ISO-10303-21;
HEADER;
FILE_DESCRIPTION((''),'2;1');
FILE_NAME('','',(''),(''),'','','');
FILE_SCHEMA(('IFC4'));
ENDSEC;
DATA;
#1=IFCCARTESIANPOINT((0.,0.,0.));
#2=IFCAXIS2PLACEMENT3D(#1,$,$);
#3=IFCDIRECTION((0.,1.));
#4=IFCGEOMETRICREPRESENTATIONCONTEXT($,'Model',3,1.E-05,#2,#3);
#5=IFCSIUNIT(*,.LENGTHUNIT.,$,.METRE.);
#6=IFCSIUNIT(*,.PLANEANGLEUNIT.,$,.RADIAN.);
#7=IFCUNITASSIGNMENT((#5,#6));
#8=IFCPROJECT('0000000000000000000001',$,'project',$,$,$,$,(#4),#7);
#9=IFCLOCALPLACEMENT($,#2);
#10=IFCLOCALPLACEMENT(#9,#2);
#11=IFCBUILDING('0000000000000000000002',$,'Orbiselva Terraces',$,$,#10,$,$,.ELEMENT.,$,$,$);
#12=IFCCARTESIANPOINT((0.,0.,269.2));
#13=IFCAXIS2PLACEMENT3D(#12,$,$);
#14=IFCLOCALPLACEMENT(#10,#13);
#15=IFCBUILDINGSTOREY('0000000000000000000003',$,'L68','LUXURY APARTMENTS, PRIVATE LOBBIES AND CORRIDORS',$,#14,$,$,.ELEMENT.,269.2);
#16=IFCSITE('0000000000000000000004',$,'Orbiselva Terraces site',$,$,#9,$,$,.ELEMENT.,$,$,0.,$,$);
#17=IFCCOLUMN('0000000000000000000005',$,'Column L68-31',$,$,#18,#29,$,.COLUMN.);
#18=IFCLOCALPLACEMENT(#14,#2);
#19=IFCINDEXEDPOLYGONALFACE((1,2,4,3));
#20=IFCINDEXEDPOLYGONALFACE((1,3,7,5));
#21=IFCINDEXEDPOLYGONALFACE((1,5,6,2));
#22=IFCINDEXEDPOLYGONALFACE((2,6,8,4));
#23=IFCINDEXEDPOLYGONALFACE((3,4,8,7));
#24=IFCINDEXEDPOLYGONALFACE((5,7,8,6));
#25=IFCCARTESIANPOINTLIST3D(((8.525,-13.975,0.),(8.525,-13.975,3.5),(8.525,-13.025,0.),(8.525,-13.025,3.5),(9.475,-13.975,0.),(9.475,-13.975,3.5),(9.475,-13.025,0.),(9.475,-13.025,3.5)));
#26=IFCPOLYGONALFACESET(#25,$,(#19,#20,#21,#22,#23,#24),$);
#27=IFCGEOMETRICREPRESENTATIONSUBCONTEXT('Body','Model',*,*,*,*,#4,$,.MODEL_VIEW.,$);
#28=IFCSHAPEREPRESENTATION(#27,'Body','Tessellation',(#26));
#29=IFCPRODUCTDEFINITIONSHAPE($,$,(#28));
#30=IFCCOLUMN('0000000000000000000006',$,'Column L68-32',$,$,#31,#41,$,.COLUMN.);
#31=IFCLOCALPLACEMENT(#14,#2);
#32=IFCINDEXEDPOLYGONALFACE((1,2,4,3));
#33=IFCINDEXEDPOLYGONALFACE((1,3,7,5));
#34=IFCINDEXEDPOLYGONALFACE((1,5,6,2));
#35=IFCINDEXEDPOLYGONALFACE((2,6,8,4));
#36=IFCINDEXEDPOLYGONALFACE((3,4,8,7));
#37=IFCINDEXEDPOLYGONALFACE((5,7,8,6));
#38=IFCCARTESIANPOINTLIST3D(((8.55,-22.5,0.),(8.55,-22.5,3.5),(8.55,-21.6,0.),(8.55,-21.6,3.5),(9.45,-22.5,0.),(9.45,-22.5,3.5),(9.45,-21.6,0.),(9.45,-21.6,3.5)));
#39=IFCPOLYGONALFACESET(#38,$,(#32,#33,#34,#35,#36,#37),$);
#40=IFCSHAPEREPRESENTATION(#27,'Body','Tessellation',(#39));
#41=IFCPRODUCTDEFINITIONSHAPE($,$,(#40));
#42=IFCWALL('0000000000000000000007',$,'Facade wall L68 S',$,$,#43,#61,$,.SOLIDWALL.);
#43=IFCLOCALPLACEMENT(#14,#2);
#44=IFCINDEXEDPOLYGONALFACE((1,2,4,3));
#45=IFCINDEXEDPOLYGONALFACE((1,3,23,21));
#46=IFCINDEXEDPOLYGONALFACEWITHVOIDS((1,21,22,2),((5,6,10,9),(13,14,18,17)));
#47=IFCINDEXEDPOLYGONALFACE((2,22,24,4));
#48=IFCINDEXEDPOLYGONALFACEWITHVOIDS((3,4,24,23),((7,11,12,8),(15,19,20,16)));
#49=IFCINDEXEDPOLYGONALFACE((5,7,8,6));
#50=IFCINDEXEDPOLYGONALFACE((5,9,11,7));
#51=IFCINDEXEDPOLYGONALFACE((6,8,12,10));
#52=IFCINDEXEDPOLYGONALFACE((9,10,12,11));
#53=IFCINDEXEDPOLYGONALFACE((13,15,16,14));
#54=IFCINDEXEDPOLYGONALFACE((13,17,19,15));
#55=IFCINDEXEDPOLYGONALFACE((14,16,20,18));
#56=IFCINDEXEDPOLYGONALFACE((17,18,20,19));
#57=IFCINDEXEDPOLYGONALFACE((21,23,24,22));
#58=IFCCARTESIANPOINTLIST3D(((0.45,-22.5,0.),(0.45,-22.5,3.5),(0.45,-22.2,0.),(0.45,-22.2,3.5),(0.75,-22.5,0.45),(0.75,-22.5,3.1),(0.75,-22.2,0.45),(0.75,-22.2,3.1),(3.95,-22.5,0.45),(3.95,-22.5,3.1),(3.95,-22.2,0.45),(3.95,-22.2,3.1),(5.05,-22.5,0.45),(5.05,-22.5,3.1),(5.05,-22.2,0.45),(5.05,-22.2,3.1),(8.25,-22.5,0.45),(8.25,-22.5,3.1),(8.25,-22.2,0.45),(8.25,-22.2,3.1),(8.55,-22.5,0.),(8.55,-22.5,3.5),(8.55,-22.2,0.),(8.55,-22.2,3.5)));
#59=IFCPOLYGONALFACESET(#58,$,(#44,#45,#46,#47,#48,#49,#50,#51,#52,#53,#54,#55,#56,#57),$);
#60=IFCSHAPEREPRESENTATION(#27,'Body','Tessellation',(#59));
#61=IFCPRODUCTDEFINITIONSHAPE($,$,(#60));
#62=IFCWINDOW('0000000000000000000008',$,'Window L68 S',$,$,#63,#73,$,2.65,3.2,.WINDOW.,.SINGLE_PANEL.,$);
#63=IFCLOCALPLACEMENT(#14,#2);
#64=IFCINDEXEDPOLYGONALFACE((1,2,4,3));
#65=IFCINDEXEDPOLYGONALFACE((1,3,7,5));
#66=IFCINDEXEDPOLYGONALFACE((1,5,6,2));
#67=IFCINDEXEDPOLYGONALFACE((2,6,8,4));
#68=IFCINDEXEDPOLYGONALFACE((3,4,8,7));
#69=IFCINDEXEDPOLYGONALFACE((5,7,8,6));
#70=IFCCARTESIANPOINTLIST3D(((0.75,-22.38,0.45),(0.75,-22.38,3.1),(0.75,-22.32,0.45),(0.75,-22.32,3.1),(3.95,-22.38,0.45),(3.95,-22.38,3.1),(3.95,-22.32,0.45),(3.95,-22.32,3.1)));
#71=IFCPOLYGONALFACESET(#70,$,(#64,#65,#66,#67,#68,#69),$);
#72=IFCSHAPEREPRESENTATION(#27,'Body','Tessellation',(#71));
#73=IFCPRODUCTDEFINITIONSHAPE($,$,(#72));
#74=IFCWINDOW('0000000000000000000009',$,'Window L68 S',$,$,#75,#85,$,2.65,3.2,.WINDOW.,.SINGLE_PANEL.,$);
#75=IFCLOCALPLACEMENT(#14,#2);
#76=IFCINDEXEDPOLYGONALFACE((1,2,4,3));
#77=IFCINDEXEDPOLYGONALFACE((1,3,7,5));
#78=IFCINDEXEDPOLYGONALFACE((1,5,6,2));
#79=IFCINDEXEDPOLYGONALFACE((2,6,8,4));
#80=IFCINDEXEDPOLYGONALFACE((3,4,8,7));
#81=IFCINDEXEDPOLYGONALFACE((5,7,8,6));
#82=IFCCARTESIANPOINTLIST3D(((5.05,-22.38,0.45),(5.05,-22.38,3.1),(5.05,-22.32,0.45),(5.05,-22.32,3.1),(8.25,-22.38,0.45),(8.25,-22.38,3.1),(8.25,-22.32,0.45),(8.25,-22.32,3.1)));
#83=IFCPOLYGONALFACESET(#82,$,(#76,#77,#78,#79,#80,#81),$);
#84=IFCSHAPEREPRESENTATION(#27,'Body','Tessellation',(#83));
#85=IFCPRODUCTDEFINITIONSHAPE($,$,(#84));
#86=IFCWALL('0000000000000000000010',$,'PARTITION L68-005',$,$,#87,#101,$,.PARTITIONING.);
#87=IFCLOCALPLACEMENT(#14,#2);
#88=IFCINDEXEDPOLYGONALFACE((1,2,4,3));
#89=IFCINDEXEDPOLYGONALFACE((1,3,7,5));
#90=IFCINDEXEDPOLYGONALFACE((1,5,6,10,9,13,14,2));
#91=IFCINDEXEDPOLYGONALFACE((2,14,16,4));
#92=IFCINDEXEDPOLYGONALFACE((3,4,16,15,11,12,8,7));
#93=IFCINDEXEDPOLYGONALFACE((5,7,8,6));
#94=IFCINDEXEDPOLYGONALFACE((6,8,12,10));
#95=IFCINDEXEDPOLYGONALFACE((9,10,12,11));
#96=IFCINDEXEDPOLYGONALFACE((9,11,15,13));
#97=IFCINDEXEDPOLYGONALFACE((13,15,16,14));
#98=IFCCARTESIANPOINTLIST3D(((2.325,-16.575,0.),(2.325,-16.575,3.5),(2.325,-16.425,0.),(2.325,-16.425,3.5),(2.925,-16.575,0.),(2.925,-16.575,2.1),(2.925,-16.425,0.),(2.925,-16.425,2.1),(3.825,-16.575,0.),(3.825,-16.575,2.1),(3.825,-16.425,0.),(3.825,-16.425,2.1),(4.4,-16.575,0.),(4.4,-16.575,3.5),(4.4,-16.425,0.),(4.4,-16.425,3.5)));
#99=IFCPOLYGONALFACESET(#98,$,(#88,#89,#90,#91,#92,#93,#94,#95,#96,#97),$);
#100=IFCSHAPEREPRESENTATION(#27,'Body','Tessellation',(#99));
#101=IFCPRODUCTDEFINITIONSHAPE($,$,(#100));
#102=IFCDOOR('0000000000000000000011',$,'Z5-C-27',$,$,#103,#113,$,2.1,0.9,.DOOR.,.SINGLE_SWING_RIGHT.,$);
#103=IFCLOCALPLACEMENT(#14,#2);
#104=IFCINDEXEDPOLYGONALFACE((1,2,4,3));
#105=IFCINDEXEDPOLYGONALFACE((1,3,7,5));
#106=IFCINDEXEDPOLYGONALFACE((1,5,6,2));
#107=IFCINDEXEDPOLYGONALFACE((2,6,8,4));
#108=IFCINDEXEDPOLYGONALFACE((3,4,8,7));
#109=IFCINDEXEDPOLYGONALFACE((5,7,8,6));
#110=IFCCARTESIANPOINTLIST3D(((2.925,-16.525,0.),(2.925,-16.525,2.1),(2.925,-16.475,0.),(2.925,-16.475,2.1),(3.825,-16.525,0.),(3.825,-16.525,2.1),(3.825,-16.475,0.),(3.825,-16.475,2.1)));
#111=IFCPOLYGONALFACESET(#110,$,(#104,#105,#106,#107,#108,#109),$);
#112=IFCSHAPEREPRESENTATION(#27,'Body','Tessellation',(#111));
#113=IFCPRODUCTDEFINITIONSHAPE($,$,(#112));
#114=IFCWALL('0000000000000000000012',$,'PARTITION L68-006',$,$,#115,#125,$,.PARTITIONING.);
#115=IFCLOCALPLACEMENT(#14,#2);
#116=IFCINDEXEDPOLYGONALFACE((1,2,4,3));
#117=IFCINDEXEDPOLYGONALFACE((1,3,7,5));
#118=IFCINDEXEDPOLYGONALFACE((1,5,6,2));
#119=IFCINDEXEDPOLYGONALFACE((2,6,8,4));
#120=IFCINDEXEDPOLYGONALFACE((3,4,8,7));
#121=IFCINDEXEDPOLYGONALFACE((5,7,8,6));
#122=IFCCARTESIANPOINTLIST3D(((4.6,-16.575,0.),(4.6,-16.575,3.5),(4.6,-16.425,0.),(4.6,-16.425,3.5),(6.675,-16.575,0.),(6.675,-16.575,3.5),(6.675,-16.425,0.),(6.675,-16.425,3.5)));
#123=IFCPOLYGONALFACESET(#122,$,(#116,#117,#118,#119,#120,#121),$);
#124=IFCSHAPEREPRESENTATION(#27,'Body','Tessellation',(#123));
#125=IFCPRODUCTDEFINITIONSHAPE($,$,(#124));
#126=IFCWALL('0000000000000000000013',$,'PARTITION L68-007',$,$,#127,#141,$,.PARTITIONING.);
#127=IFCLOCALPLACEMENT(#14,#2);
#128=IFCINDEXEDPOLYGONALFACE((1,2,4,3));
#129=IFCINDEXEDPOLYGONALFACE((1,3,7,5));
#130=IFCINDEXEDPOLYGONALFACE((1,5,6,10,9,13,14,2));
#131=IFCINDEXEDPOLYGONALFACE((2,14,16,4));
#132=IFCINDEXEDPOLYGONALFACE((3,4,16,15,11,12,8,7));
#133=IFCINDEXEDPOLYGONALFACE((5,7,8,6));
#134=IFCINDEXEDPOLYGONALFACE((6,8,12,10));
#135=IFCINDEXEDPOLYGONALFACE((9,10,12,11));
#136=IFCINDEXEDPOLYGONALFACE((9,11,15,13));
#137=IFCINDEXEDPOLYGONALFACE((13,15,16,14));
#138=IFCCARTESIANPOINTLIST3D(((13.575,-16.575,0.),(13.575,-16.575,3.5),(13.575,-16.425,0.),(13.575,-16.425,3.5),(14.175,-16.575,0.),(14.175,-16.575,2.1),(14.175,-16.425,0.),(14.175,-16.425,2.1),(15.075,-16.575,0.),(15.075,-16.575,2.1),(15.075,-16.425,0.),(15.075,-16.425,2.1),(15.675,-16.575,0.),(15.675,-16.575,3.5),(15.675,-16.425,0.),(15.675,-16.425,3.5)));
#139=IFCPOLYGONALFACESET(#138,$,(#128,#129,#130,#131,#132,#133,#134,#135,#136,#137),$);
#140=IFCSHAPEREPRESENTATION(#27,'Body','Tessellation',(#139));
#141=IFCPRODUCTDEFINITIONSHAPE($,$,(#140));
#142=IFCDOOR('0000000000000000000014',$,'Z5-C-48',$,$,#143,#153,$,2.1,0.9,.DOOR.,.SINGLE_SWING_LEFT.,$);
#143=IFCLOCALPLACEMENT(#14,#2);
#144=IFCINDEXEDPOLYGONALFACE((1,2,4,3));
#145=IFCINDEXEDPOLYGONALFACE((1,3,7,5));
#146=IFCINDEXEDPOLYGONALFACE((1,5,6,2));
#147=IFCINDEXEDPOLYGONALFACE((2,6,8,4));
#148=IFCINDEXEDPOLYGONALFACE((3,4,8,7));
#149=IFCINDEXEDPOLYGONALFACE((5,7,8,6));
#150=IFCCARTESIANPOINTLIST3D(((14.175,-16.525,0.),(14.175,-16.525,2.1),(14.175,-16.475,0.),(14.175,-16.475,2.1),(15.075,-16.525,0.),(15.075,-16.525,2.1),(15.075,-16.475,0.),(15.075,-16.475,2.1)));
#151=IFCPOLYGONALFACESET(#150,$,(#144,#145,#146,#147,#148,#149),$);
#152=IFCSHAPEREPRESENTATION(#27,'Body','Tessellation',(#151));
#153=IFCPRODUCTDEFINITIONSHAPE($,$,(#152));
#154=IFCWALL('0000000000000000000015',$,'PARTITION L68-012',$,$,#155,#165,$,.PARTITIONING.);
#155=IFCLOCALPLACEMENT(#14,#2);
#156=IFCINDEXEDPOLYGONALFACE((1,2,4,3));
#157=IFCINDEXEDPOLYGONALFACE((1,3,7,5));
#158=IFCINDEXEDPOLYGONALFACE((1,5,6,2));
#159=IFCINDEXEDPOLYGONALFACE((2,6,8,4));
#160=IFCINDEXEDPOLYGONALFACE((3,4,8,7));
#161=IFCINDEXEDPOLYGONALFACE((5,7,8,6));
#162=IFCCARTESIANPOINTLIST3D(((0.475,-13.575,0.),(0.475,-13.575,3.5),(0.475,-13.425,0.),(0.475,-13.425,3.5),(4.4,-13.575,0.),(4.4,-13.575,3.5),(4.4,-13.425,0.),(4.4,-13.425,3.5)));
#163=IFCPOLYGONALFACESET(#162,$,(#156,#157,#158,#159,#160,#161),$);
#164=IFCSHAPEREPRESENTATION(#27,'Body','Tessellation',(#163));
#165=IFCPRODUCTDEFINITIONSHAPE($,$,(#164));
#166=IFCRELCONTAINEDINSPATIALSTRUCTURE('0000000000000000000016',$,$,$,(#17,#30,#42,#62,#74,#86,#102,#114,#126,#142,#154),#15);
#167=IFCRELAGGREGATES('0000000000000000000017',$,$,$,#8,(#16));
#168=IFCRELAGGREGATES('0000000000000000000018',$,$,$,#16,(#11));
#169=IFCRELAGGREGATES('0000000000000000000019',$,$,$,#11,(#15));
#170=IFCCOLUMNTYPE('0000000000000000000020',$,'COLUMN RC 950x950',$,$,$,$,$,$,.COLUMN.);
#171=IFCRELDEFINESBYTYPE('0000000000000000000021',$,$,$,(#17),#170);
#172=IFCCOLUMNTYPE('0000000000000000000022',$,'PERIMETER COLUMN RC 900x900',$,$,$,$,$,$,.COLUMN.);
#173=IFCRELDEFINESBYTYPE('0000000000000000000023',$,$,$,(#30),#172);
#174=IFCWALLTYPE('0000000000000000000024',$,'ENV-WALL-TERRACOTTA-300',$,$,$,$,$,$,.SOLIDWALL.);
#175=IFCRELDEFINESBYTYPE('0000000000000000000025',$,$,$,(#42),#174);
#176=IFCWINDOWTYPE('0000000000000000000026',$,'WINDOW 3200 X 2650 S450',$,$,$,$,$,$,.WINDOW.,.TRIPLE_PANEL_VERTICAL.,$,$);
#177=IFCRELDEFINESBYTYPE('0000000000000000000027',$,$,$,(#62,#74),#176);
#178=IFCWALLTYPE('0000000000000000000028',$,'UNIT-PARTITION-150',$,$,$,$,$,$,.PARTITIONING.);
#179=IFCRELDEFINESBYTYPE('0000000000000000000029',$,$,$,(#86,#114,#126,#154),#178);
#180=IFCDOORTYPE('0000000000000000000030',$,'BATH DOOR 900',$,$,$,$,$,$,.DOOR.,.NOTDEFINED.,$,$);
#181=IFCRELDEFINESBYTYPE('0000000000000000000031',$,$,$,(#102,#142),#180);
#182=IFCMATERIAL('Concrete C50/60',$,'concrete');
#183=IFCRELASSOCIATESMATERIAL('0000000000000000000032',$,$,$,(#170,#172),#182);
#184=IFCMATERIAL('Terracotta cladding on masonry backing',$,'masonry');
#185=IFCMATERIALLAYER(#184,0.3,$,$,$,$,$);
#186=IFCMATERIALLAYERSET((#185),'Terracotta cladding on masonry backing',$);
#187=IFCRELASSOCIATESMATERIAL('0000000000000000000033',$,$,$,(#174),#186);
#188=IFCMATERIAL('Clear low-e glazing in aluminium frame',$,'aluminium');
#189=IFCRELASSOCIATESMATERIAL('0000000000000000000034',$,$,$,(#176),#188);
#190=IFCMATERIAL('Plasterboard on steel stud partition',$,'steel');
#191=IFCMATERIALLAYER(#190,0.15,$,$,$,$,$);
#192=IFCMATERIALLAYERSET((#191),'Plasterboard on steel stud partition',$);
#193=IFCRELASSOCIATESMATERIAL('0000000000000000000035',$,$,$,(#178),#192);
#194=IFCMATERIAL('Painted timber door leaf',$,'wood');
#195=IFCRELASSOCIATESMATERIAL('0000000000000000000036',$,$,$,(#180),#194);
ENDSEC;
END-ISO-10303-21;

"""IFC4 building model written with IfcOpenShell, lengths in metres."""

from ifc_helpers import new_model, si_unit, direction, frame, frame_2d, origin, origin_2d, place, context, subcontext, project, spatial, rectangle, extrude, material, layer, layer_set, material_profile, profile_set, type_object, element, fill, save


model = new_model("IFC4")

# Units and contexts
model_context = context("Model", 3, precision=1e-05, world=origin(), true_north=direction((0.0, 1.0)))
body_context = subcontext(model_context, "Body", "Model", "MODEL_VIEW")
ifc_project = project(units=[si_unit("LENGTHUNIT", "METRE"), si_unit("PLANEANGLEUNIT", "RADIAN")], contexts=[model_context])

# Site, building, storey
site_placement = place(None, origin())
site = spatial("IfcSite", under=ifc_project, at=site_placement, Name="Orbiselva Terraces site", CompositionType="ELEMENT", RefElevation=0.0)
building_placement = place(site_placement, origin())
building = spatial("IfcBuilding", under=site, at=building_placement, Name="Orbiselva Terraces", CompositionType="ELEMENT")
storey_placement = place(building_placement, frame((0.0, 0.0, 269.2)))
storey = spatial("IfcBuildingStorey", under=building, at=storey_placement, Name="L68", Description="LUXURY APARTMENTS, PRIVATE LOBBIES AND CORRIDORS", CompositionType="ELEMENT", Elevation=269.2)

# Columns
ifc_material_1 = material(Name="Concrete C50/60", Category="concrete")
ifc_material_profile_1 = material_profile(ifc_material_1, rectangle(XDim=0.95, YDim=0.95, at=origin_2d()), Name="RC 950x950")
ifc_profile_set_1 = profile_set([ifc_material_profile_1], Name="Concrete C50/60")
column_type_1 = type_object("IfcColumnType", Name="COLUMN RC 950x950", PredefinedType="COLUMN", material=ifc_profile_set_1)
column_1_placement = place(storey_placement, frame((9.0, -13.5, 0.0), z_axis=(0.0, 0.0, 1.0), x_axis=(1.0, 0.0, 0.0)))
element("IfcColumn", 1, at=column_1_placement, inside=storey, type_object=column_type_1, Name="Column L68-31", PredefinedType="COLUMN", context=body_context, shape_type="SweptSolid", body=[
    extrude(rectangle(XDim=0.95, YDim=0.95, at=origin_2d()), origin(), (0.0, 0.0, 1.0), 3.5),
])
ifc_material_profile_2 = material_profile(ifc_material_1, rectangle(XDim=0.9, YDim=0.9, at=origin_2d()), Name="RC 900x900")
ifc_profile_set_2 = profile_set([ifc_material_profile_2], Name="Concrete C50/60")
column_type_2 = type_object("IfcColumnType", Name="PERIMETER COLUMN RC 900x900", PredefinedType="COLUMN", material=ifc_profile_set_2)
column_2_placement = place(storey_placement, frame((9.0, -22.05, 0.0), z_axis=(0.0, 0.0, 1.0), x_axis=(1.0, 0.0, 0.0)))
element("IfcColumn", 2, at=column_2_placement, inside=storey, type_object=column_type_2, Name="Column L68-32", PredefinedType="COLUMN", context=body_context, shape_type="SweptSolid", body=[
    extrude(rectangle(XDim=0.9, YDim=0.9, at=origin_2d()), origin(), (0.0, 0.0, 1.0), 3.5),
])

# Wall, openings, windows
ifc_material_2 = material(Name="Terracotta cladding on masonry backing", Category="masonry")
ifc_layer_1 = layer(ifc_material_2, 0.3)
ifc_layer_set_1 = layer_set([ifc_layer_1], Name="Terracotta cladding on masonry backing")
wall_type_1 = type_object("IfcWallType", Name="ENV-WALL-TERRACOTTA-300", PredefinedType="SOLIDWALL", material=ifc_layer_set_1)
wall_1_placement = place(storey_placement, frame((8.55, -22.35, 0.0), z_axis=(0.0, 0.0, 1.0), x_axis=(-1.0, 0.0, 0.0)))
wall_1 = element("IfcWall", 3, at=wall_1_placement, inside=storey, type_object=wall_type_1, Name="Facade wall L68 S", PredefinedType="SOLIDWALL", context=body_context, shape_type="SweptSolid", body=[
    extrude(rectangle(XDim=8.1, YDim=0.3, at=frame_2d((4.05, 0.0))), origin(), (0.0, 0.0, 1.0), 3.5),
])
opening_1_placement = place(wall_1_placement, frame((4.6, 0.0, 0.45)))
opening_1 = element("IfcOpeningElement", 4, at=opening_1_placement, cuts=wall_1, PredefinedType="OPENING", context=body_context, shape_type="SweptSolid", body=[
    extrude(rectangle(XDim=3.2, YDim=2.65, at=frame_2d((1.6, 1.325))), frame((0.0, 0.16, 0.0), z_axis=(0.0, -1.0, 0.0), x_axis=(1.0, 0.0, 0.0)), (0.0, 0.0, 1.0), 0.32),
])
opening_2_placement = place(wall_1_placement, frame((0.3, 0.0, 0.45)))
opening_2 = element("IfcOpeningElement", 5, at=opening_2_placement, cuts=wall_1, PredefinedType="OPENING", context=body_context, shape_type="SweptSolid", body=[
    extrude(rectangle(XDim=3.2, YDim=2.65, at=frame_2d((1.6, 1.325))), frame((0.0, 0.16, 0.0), z_axis=(0.0, -1.0, 0.0), x_axis=(1.0, 0.0, 0.0)), (0.0, 0.0, 1.0), 0.32),
])
ifc_material_3 = material(Name="Clear low-e glazing in aluminium frame", Category="aluminium")
window_type = type_object("IfcWindowType", Name="WINDOW 3200 X 2650 S450", PartitioningType="TRIPLE_PANEL_VERTICAL", PredefinedType="WINDOW", material=ifc_material_3)
window_1_placement = place(opening_1_placement, origin())
window_1 = element("IfcWindow", 6, at=window_1_placement, inside=storey, type_object=window_type, Name="Window L68 S", OverallHeight=2.65, OverallWidth=3.2, PartitioningType="SINGLE_PANEL", PredefinedType="WINDOW", context=body_context, shape_type="SweptSolid", body=[
    extrude(rectangle(XDim=3.2, YDim=2.65, at=frame_2d((1.6, 1.325))), frame((0.0, 0.03, 0.0), z_axis=(0.0, -1.0, 0.0), x_axis=(1.0, 0.0, 0.0)), (0.0, 0.0, 1.0), 0.06),
])
fill(opening_1, window_1)
window_2_placement = place(opening_2_placement, origin())
window_2 = element("IfcWindow", 7, at=window_2_placement, inside=storey, type_object=window_type, Name="Window L68 S", OverallHeight=2.65, OverallWidth=3.2, PartitioningType="SINGLE_PANEL", PredefinedType="WINDOW", context=body_context, shape_type="SweptSolid", body=[
    extrude(rectangle(XDim=3.2, YDim=2.65, at=frame_2d((1.6, 1.325))), frame((0.0, 0.03, 0.0), z_axis=(0.0, -1.0, 0.0), x_axis=(1.0, 0.0, 0.0)), (0.0, 0.0, 1.0), 0.06),
])
fill(opening_2, window_2)

# Wall, opening, door
ifc_material_4 = material(Name="Plasterboard on steel stud partition", Category="steel")
ifc_layer_2 = layer(ifc_material_4, 0.15)
ifc_layer_set_2 = layer_set([ifc_layer_2], Name="Plasterboard on steel stud partition")
wall_type_2 = type_object("IfcWallType", Name="UNIT-PARTITION-150", PredefinedType="PARTITIONING", material=ifc_layer_set_2)
wall_2_placement = place(storey_placement, frame((2.325, -16.5, 0.0), z_axis=(0.0, 0.0, 1.0), x_axis=(1.0, 0.0, 0.0)))
wall_2 = element("IfcWall", 8, at=wall_2_placement, inside=storey, type_object=wall_type_2, Name="PARTITION L68-005", PredefinedType="PARTITIONING", context=body_context, shape_type="SweptSolid", body=[
    extrude(rectangle(XDim=2.075, YDim=0.15, at=frame_2d((1.0375, 0.0))), origin(), (0.0, 0.0, 1.0), 3.5),
])
opening_3_placement = place(wall_2_placement, frame((0.6, 0.0, 0.0)))
opening_3 = element("IfcOpeningElement", 9, at=opening_3_placement, cuts=wall_2, PredefinedType="OPENING", context=body_context, shape_type="SweptSolid", body=[
    extrude(rectangle(XDim=0.9, YDim=2.1, at=frame_2d((0.45, 1.05))), frame((0.0, 0.085, 0.0), z_axis=(0.0, -1.0, 0.0), x_axis=(1.0, 0.0, 0.0)), (0.0, 0.0, 1.0), 0.17),
])
ifc_material_5 = material(Name="Painted timber door leaf", Category="wood")
door_type_1 = type_object("IfcDoorType", Name="BATH DOOR 900", OperationType="NOTDEFINED", PredefinedType="DOOR", material=ifc_material_5)
door_1_placement = place(opening_3_placement, origin())
door_1 = element("IfcDoor", 10, at=door_1_placement, inside=storey, type_object=door_type_1, Name="Z5-C-27", OperationType="SINGLE_SWING_RIGHT", OverallHeight=2.1, OverallWidth=0.9, PredefinedType="DOOR", context=body_context, shape_type="SweptSolid", body=[
    extrude(rectangle(XDim=0.9, YDim=2.1, at=frame_2d((0.45, 1.05))), frame((0.0, 0.025, 0.0), z_axis=(0.0, -1.0, 0.0), x_axis=(1.0, 0.0, 0.0)), (0.0, 0.0, 1.0), 0.05),
])
fill(opening_3, door_1)

# Wall
wall_3_placement = place(storey_placement, frame((4.6, -16.5, 0.0), z_axis=(0.0, 0.0, 1.0), x_axis=(1.0, 0.0, 0.0)))
element("IfcWall", 11, at=wall_3_placement, inside=storey, type_object=wall_type_2, Name="PARTITION L68-006", PredefinedType="PARTITIONING", context=body_context, shape_type="SweptSolid", body=[
    extrude(rectangle(XDim=2.075, YDim=0.15, at=frame_2d((1.0375, 0.0))), origin(), (0.0, 0.0, 1.0), 3.5),
])

# Wall, opening, door
wall_4_placement = place(storey_placement, frame((13.575, -16.5, 0.0), z_axis=(0.0, 0.0, 1.0), x_axis=(1.0, 0.0, 0.0)))
wall_4 = element("IfcWall", 12, at=wall_4_placement, inside=storey, type_object=wall_type_2, Name="PARTITION L68-007", PredefinedType="PARTITIONING", context=body_context, shape_type="SweptSolid", body=[
    extrude(rectangle(XDim=2.1, YDim=0.15, at=frame_2d((1.05, 0.0))), origin(), (0.0, 0.0, 1.0), 3.5),
])
opening_4_placement = place(wall_4_placement, frame((0.6, 0.0, 0.0)))
opening_4 = element("IfcOpeningElement", 13, at=opening_4_placement, cuts=wall_4, PredefinedType="OPENING", context=body_context, shape_type="SweptSolid", body=[
    extrude(rectangle(XDim=0.9, YDim=2.1, at=frame_2d((0.45, 1.05))), frame((0.0, 0.085, 0.0), z_axis=(0.0, -1.0, 0.0), x_axis=(1.0, 0.0, 0.0)), (0.0, 0.0, 1.0), 0.17),
])
door_2_placement = place(opening_4_placement, origin())
door_2 = element("IfcDoor", 14, at=door_2_placement, inside=storey, type_object=door_type_1, Name="Z5-C-48", OperationType="SINGLE_SWING_LEFT", OverallHeight=2.1, OverallWidth=0.9, PredefinedType="DOOR", context=body_context, shape_type="SweptSolid", body=[
    extrude(rectangle(XDim=0.9, YDim=2.1, at=frame_2d((0.45, 1.05))), frame((0.0, 0.025, 0.0), z_axis=(0.0, -1.0, 0.0), x_axis=(1.0, 0.0, 0.0)), (0.0, 0.0, 1.0), 0.05),
])
fill(opening_4, door_2)

# Wall
for number, where, z_axis, x_axis, name in (
    (15, (0.475, -13.5, 0.0), (0.0, 0.0, 1.0), (1.0, 0.0, 0.0), "PARTITION L68-012"),
):
    element("IfcWall", number, at=place(storey_placement, frame(where, z_axis=z_axis, x_axis=x_axis)), inside=storey, type_object=wall_type_2, Name=name, PredefinedType="PARTITIONING", context=body_context, shape_type="SweptSolid", body=[
        extrude(rectangle(XDim=3.925, YDim=0.15, at=frame_2d((1.9625, 0.0))), origin(), (0.0, 0.0, 1.0), 3.5),
    ])

save(model, "model.ifc")
